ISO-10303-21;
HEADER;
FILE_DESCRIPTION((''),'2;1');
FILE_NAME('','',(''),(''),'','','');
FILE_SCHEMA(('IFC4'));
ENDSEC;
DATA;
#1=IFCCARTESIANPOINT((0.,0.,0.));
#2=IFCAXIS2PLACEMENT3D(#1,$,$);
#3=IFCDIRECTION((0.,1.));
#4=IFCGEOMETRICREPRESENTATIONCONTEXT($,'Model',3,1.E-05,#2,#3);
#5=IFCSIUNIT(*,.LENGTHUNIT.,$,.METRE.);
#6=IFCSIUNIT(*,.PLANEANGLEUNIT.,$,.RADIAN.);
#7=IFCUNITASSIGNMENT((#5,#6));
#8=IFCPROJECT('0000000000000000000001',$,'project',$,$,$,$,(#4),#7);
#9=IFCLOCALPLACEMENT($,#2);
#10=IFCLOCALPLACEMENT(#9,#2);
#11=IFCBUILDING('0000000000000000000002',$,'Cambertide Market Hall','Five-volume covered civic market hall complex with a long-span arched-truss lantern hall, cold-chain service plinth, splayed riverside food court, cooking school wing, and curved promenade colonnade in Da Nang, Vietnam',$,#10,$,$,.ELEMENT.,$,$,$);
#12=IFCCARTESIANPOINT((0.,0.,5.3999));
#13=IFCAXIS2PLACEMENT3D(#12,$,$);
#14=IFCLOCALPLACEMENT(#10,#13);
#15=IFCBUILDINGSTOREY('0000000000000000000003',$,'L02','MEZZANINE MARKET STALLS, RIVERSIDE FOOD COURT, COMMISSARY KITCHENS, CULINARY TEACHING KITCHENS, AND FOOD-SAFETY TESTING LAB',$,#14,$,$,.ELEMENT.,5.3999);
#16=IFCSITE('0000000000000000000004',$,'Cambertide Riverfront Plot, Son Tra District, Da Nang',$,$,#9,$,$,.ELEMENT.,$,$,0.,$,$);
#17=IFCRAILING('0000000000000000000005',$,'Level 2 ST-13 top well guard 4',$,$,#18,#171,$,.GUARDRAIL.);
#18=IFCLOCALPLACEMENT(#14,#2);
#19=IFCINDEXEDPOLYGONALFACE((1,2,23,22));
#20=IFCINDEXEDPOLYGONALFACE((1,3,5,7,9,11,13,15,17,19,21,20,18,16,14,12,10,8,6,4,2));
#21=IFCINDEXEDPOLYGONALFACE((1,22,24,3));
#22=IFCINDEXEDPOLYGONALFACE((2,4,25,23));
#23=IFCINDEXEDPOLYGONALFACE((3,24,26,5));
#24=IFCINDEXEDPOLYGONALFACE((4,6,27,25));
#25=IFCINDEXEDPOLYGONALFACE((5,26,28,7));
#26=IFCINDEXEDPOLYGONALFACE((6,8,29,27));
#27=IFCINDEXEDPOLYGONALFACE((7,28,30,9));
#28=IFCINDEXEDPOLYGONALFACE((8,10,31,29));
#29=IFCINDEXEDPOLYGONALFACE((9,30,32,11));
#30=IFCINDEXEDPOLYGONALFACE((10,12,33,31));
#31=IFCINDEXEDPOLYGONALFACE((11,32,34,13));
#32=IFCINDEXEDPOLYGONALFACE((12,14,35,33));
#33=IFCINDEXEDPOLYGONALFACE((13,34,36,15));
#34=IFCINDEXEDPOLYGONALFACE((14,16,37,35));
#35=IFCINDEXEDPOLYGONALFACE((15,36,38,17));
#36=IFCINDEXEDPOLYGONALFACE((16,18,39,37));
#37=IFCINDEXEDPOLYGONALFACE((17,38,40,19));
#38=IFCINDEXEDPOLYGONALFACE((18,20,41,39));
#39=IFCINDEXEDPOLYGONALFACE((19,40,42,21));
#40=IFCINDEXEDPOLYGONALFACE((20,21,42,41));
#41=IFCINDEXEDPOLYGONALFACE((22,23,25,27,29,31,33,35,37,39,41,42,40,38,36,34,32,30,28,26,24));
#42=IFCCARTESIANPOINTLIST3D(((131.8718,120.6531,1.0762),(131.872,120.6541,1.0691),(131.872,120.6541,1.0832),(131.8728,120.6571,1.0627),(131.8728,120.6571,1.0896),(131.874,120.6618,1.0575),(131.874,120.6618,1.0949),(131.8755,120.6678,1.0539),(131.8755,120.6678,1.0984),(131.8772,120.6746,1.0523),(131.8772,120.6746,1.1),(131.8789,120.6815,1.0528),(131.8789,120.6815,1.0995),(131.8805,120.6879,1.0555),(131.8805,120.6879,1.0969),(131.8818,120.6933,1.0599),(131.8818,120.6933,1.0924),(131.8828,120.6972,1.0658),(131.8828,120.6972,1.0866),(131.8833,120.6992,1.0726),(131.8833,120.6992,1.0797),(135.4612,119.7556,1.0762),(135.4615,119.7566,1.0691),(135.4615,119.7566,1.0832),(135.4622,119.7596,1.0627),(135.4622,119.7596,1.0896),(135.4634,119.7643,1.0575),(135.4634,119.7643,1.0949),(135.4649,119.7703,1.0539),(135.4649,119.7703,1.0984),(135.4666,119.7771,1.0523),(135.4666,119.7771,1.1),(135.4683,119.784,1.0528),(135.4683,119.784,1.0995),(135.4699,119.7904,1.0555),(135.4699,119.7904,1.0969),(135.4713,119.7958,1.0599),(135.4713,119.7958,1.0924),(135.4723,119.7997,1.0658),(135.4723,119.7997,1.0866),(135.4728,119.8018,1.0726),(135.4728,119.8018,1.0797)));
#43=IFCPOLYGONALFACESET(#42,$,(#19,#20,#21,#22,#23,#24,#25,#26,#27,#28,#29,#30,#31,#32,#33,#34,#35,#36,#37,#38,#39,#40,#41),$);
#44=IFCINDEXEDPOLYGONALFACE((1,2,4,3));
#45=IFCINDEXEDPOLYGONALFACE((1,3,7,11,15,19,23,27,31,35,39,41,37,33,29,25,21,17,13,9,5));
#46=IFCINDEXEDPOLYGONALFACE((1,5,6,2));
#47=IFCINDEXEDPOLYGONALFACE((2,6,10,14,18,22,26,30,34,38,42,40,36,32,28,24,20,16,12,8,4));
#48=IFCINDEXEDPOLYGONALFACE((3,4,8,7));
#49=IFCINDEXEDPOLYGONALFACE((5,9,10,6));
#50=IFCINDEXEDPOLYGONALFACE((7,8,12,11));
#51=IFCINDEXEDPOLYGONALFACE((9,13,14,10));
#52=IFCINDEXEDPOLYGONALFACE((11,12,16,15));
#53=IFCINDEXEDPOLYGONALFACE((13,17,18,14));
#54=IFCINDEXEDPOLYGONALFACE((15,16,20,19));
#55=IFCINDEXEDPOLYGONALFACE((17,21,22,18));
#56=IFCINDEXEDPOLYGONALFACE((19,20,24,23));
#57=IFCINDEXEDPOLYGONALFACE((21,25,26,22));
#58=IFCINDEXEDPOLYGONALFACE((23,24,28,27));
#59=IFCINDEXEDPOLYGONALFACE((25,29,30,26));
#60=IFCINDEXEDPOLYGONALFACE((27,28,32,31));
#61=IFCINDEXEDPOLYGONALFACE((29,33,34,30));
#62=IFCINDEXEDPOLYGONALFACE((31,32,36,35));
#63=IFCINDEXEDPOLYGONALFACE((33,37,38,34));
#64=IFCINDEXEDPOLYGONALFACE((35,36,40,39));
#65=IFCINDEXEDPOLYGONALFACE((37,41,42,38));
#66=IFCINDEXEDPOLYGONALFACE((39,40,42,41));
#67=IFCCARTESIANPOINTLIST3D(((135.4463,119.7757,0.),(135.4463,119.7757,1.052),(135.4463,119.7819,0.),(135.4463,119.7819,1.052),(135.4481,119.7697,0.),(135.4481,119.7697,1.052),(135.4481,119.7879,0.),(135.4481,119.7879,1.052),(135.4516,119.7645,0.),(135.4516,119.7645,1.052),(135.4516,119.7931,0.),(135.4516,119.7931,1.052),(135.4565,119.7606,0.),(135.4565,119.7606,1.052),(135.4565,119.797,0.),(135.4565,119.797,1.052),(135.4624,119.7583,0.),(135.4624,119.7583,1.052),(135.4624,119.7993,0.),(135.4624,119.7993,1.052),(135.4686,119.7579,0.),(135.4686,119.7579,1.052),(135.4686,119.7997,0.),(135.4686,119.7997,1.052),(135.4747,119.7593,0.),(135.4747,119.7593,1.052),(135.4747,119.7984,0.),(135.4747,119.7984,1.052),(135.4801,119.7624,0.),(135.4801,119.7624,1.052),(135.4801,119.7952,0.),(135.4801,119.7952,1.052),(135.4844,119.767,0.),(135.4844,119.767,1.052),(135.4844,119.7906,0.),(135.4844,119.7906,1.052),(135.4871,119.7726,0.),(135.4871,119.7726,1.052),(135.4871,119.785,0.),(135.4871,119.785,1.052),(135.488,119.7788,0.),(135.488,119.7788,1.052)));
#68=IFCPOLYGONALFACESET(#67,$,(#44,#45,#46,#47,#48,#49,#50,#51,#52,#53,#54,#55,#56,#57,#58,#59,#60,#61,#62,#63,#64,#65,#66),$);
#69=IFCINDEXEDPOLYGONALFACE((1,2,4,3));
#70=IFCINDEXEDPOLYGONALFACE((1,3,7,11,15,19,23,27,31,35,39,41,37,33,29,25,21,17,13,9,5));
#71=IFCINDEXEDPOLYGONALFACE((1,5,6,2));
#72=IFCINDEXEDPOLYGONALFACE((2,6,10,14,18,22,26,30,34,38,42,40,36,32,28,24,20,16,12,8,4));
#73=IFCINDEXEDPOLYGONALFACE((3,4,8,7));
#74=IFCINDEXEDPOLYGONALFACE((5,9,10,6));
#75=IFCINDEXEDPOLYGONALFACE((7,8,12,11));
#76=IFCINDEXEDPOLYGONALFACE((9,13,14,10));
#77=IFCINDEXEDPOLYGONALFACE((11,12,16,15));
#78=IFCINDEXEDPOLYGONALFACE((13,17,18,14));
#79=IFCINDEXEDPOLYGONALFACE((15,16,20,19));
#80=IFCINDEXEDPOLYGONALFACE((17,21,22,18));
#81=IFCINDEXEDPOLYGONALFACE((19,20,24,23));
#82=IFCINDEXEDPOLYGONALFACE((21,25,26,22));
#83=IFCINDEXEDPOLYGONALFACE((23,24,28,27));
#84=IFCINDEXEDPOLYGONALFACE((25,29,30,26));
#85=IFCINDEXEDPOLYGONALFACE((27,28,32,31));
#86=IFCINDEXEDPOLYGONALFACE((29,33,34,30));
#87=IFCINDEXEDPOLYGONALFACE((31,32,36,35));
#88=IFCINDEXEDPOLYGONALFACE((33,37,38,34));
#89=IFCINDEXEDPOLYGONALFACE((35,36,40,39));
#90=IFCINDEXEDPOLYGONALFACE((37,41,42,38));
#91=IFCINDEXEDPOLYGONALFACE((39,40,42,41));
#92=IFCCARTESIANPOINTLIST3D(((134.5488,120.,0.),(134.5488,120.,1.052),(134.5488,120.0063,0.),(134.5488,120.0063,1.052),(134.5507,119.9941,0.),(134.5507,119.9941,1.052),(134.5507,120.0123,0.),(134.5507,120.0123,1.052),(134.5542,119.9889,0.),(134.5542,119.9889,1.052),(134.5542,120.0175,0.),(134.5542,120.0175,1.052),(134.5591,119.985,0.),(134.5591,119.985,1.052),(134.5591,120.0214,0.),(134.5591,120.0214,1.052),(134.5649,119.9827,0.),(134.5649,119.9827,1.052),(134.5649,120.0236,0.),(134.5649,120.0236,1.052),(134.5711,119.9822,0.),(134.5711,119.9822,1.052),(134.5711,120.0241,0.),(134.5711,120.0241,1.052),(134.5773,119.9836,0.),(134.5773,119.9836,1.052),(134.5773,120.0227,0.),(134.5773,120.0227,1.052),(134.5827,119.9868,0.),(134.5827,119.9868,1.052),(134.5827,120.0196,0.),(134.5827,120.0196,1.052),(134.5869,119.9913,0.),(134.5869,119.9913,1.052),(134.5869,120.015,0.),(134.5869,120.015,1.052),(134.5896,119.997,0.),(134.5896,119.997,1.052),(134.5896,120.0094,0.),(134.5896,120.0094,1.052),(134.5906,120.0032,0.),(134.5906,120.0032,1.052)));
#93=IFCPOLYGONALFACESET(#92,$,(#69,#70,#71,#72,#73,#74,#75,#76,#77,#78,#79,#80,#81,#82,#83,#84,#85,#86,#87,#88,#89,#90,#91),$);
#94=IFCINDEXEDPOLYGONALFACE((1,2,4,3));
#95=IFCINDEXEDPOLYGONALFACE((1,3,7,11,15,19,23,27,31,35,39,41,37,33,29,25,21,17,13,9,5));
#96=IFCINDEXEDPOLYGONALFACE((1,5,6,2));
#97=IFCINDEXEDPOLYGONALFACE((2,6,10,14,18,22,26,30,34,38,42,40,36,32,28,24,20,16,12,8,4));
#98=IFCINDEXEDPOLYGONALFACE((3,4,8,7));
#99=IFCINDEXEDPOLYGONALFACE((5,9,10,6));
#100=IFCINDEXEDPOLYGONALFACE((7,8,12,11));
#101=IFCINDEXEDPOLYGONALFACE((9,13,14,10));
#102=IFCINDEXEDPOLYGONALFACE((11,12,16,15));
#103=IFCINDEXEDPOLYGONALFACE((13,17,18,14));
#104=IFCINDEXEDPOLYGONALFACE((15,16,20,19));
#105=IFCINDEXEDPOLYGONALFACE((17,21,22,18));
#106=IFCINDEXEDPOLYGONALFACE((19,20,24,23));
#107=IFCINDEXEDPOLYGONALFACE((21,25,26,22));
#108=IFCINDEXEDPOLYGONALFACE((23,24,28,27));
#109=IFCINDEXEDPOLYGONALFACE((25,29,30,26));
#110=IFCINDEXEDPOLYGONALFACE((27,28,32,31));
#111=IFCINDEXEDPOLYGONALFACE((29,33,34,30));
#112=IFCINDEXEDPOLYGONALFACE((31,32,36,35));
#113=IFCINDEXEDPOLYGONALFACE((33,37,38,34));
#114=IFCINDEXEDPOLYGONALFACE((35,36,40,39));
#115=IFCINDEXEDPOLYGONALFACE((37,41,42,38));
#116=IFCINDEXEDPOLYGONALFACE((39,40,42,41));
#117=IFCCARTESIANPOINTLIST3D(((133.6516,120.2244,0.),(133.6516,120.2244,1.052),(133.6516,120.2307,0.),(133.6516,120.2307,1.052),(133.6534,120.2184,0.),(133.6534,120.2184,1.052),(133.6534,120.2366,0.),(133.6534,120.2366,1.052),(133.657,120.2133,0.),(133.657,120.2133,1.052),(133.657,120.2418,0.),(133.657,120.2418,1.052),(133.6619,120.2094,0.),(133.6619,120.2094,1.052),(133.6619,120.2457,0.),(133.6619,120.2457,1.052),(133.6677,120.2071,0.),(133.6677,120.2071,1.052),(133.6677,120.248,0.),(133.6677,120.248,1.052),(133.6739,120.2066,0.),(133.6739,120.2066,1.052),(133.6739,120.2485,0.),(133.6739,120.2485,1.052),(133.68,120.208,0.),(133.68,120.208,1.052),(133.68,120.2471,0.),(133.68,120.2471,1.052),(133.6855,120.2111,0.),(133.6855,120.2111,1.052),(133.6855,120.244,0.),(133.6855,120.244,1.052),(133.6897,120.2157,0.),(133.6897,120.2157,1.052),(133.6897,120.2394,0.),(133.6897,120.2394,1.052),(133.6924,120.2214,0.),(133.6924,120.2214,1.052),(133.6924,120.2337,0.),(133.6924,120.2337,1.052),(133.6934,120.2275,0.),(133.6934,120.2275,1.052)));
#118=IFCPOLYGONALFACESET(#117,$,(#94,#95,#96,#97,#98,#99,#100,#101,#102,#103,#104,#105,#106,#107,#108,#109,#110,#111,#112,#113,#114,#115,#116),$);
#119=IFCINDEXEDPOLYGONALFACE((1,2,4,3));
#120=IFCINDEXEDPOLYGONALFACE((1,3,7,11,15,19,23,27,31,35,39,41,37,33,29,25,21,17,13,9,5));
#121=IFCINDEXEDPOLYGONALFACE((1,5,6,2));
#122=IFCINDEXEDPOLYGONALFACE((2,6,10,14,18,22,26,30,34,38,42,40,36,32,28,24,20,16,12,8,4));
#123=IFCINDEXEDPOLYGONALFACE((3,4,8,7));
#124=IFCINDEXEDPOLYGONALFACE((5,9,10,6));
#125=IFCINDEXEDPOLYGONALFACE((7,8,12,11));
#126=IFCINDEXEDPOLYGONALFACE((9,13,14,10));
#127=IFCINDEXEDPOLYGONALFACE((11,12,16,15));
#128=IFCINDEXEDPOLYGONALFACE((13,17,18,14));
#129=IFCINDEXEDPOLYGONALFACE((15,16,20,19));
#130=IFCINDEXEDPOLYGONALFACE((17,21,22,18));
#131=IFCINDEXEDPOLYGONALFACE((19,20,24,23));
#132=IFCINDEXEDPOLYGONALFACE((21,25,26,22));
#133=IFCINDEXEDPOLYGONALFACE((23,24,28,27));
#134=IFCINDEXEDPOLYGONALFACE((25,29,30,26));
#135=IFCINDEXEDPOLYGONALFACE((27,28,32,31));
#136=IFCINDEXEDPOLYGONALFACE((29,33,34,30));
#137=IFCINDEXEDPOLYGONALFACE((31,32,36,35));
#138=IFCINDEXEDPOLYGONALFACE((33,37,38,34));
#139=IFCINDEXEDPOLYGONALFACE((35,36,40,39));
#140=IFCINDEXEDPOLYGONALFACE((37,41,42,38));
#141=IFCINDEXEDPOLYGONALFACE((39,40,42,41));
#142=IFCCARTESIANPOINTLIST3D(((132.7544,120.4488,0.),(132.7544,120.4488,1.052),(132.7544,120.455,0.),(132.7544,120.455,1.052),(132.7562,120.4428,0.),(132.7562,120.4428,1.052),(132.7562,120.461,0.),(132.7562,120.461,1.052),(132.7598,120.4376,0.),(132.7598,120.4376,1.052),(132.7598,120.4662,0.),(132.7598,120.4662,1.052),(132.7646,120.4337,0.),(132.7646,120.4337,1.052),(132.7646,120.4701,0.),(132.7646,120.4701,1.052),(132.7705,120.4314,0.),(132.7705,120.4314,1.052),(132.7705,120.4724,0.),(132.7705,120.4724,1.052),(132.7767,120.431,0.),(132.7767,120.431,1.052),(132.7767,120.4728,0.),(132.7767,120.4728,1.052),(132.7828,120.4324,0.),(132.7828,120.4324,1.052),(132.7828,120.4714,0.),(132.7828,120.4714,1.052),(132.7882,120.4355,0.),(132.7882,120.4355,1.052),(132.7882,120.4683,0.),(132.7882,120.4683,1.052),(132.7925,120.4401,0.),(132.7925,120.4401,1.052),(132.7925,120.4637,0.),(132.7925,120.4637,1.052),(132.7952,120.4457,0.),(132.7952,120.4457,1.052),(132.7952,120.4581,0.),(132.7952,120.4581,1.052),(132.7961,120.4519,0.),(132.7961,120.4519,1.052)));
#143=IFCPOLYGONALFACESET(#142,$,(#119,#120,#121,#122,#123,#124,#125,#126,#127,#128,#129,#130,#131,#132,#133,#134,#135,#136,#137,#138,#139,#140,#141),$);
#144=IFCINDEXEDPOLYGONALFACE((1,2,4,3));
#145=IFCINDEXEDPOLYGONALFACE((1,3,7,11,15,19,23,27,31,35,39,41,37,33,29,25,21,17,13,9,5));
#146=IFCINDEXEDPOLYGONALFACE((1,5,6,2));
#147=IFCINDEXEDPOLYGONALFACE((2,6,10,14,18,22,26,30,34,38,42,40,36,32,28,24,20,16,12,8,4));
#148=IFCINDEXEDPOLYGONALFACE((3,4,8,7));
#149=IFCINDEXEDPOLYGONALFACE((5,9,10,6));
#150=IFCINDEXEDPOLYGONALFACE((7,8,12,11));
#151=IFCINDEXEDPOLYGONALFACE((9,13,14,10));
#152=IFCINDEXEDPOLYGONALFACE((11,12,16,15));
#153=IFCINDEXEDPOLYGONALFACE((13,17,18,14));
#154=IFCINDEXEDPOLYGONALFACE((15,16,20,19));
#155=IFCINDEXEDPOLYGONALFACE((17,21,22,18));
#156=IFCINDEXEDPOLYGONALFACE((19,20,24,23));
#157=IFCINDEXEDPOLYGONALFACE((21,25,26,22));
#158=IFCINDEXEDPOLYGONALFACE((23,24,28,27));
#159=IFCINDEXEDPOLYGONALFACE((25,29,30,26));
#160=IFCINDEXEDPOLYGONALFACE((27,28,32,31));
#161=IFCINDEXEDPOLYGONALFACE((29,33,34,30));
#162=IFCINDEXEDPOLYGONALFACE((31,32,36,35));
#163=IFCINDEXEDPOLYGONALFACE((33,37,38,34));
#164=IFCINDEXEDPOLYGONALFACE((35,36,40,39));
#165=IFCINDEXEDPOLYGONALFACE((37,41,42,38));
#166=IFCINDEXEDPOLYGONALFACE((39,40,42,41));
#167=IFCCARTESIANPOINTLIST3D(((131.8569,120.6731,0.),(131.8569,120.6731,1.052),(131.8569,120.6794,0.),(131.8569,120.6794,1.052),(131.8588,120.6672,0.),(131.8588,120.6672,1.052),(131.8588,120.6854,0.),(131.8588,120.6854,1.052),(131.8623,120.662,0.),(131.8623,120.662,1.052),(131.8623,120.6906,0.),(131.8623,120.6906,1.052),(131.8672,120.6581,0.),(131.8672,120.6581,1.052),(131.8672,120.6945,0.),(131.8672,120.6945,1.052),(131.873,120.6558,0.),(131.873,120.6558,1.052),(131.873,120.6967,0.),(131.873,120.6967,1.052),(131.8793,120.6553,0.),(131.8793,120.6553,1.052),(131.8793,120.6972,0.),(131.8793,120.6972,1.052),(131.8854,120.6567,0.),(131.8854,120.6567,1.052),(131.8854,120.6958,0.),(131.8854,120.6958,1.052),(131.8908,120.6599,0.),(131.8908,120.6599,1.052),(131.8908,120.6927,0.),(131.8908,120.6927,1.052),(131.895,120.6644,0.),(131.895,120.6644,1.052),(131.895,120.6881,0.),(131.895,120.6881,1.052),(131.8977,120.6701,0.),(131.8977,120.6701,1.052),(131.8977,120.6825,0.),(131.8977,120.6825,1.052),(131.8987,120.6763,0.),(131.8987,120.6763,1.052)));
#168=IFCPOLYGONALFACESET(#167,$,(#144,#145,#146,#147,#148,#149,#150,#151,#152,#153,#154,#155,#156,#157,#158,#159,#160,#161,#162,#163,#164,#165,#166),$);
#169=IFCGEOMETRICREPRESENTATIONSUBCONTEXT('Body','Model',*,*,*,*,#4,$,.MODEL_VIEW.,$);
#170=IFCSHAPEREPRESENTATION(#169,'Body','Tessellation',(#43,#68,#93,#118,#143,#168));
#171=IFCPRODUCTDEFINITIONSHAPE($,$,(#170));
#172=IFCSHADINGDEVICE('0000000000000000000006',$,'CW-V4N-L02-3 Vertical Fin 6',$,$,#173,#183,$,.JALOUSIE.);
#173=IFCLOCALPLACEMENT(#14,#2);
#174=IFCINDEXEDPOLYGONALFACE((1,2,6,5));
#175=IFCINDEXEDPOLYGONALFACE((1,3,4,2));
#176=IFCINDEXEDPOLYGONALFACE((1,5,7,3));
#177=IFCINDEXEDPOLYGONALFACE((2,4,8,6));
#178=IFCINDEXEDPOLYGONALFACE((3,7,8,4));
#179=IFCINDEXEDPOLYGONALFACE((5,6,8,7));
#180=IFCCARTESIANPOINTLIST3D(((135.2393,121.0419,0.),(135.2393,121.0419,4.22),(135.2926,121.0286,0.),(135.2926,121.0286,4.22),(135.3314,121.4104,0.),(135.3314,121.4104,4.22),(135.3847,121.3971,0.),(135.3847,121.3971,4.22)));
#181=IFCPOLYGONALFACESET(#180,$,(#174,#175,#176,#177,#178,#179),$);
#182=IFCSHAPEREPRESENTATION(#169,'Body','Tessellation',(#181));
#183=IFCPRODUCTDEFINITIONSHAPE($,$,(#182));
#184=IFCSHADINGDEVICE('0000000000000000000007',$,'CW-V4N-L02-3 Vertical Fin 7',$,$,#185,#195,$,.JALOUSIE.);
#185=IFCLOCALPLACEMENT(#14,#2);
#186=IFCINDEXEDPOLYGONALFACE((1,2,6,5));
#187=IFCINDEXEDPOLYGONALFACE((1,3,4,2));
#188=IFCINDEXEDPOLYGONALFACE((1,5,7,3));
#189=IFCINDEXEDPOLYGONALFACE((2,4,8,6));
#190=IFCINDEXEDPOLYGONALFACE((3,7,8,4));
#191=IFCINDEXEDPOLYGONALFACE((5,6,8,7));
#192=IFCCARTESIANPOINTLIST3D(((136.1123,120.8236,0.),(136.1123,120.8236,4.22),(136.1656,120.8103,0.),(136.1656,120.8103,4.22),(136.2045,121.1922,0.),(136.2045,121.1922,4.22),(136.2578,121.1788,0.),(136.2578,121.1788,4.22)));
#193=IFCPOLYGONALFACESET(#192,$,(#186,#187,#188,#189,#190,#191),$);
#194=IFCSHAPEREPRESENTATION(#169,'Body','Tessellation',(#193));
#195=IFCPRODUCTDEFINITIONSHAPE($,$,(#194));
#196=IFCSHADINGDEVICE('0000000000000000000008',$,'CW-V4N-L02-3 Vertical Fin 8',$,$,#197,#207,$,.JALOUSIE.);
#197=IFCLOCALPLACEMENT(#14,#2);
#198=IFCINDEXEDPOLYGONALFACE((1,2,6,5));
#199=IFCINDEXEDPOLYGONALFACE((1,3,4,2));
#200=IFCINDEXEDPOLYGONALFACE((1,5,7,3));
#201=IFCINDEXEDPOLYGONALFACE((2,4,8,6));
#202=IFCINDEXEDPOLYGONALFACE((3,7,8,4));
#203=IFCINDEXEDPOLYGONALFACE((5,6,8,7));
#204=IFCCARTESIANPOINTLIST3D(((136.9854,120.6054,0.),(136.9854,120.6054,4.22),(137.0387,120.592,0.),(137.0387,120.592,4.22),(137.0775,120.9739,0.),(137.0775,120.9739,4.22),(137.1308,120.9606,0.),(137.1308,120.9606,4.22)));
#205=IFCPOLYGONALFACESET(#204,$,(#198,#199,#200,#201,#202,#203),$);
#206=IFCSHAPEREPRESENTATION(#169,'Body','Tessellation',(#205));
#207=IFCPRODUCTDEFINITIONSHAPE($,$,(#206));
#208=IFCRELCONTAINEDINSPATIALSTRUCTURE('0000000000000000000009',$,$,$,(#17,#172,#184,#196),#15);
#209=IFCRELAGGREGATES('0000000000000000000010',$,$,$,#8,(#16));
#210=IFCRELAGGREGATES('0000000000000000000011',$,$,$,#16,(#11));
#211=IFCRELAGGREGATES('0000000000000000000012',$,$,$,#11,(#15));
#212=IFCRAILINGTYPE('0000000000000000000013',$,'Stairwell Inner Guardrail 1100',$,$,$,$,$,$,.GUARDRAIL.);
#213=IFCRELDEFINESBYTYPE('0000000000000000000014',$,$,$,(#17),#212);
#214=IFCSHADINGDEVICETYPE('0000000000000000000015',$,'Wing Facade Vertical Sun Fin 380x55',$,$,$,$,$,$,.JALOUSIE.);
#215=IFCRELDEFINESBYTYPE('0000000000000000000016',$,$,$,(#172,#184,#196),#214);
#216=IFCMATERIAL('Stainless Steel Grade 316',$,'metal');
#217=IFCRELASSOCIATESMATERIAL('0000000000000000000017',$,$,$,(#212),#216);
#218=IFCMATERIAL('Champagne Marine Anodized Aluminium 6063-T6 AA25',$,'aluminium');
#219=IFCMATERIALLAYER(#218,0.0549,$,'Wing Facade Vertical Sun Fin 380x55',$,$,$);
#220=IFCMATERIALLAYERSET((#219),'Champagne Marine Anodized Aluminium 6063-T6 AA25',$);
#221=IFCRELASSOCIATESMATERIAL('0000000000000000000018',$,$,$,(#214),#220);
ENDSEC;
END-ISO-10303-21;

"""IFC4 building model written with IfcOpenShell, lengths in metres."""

from ifc_helpers import new_model, si_unit, direction, frame, origin, origin_2d, place, context, subcontext, project, spatial, rectangle, circle, extrude, material, layer, layer_set, type_object, element, save


model = new_model("IFC4")

# Units and contexts
model_context = context("Model", 3, precision=1e-05, world=origin(), true_north=direction((0.0, 1.0)))
body_context = subcontext(model_context, "Body", "Model", "MODEL_VIEW")
ifc_project = project(units=[si_unit("LENGTHUNIT", "METRE"), si_unit("PLANEANGLEUNIT", "RADIAN")], contexts=[model_context])

# Site, building, storey
site_placement = place(None, origin())
site = spatial("IfcSite", under=ifc_project, at=site_placement, Name="Cambertide Riverfront Plot, Son Tra District, Da Nang", CompositionType="ELEMENT", RefElevation=0.0)
building_placement = place(site_placement, origin())
building = spatial("IfcBuilding", under=site, at=building_placement, Name="Cambertide Market Hall", Description="Five-volume covered civic market hall complex with a long-span arched-truss lantern hall, cold-chain service plinth, splayed riverside food court, cooking school wing, and curved promenade colonnade in Da Nang, Vietnam", CompositionType="ELEMENT")
storey_placement = place(building_placement, frame((0.0, 0.0, 5.3999)))
storey = spatial("IfcBuildingStorey", under=building, at=storey_placement, Name="L02", Description="MEZZANINE MARKET STALLS, RIVERSIDE FOOD COURT, COMMISSARY KITCHENS, CULINARY TEACHING KITCHENS, AND FOOD-SAFETY TESTING LAB", CompositionType="ELEMENT", Elevation=5.3999)

# Railing
ifc_material_1 = material(Name="Stainless Steel Grade 316", Category="metal")
railing_type_1 = type_object("IfcRailingType", Name="Stairwell Inner Guardrail 1100", PredefinedType="GUARDRAIL", material=ifc_material_1)
railing_1_placement = place(storey_placement, frame((135.467, 119.7788, 0.0)))
element("IfcRailing", 1, at=railing_1_placement, inside=storey, type_object=railing_type_1, Name="Level 2 ST-13 top well guard 4", PredefinedType="GUARDRAIL", context=body_context, shape_type="SweptSolid", body=[
    extrude(circle(Radius=0.0239, at=origin_2d()), frame((0.0, 0.0, 1.0762), z_axis=(-0.970135, 0.242567, 0.0), x_axis=(-0.242567, -0.970135, 0.0)), (0.0, 0.0, 1.0), 3.7),
    extrude(circle(Radius=0.021, at=origin_2d()), origin(), (0.0, 0.0, 1.0), 1.052),
    extrude(circle(Radius=0.021, at=origin_2d()), frame((-0.8975, 0.2244, 0.0)), (0.0, 0.0, 1.0), 1.052),
    extrude(circle(Radius=0.021, at=origin_2d()), frame((-1.7947, 0.4487, 0.0)), (0.0, 0.0, 1.0), 1.052),
    extrude(circle(Radius=0.021, at=origin_2d()), frame((-2.6919, 0.6731, 0.0)), (0.0, 0.0, 1.0), 1.052),
    extrude(circle(Radius=0.021, at=origin_2d()), frame((-3.5894, 0.8975, 0.0)), (0.0, 0.0, 1.0), 1.052),
])

# Shading devices
ifc_material_2 = material(Name="Champagne Marine Anodized Aluminium 6063-T6 AA25", Category="aluminium")
ifc_layer_1 = layer(ifc_material_2, 0.0549, Name="Wing Facade Vertical Sun Fin 380x55")
ifc_layer_set_1 = layer_set([ifc_layer_1], Name="Champagne Marine Anodized Aluminium 6063-T6 AA25")
shading_device_type = type_object("IfcShadingDeviceType", Name="Wing Facade Vertical Sun Fin 380x55", PredefinedType="JALOUSIE", material=ifc_layer_set_1)
for number, where, z_axis, x_axis, name in (
    (2, (135.312, 121.2195, 0.0), (0.0, 0.0, 1.0), (0.970143, -0.242536, 0.0), "CW-V4N-L02-3 Vertical Fin 6"),
    (3, (136.1851, 121.0012, 0.0), (0.0, 0.0, 1.0), (0.970143, -0.242536, 0.0), "CW-V4N-L02-3 Vertical Fin 7"),
    (4, (137.0581, 120.783, 0.0), (0.0, 0.0, 1.0), (0.970143, -0.242536, 0.0), "CW-V4N-L02-3 Vertical Fin 8"),
):
    element("IfcShadingDevice", number, at=place(storey_placement, frame(where, z_axis=z_axis, x_axis=x_axis)), inside=storey, type_object=shading_device_type, Name=name, PredefinedType="JALOUSIE", context=body_context, shape_type="SweptSolid", body=[
        extrude(rectangle(XDim=0.0549, YDim=0.3799, at=origin_2d()), origin(), (0.0, 0.0, 1.0), 4.22),
    ])

save(model, "model.ifc")
